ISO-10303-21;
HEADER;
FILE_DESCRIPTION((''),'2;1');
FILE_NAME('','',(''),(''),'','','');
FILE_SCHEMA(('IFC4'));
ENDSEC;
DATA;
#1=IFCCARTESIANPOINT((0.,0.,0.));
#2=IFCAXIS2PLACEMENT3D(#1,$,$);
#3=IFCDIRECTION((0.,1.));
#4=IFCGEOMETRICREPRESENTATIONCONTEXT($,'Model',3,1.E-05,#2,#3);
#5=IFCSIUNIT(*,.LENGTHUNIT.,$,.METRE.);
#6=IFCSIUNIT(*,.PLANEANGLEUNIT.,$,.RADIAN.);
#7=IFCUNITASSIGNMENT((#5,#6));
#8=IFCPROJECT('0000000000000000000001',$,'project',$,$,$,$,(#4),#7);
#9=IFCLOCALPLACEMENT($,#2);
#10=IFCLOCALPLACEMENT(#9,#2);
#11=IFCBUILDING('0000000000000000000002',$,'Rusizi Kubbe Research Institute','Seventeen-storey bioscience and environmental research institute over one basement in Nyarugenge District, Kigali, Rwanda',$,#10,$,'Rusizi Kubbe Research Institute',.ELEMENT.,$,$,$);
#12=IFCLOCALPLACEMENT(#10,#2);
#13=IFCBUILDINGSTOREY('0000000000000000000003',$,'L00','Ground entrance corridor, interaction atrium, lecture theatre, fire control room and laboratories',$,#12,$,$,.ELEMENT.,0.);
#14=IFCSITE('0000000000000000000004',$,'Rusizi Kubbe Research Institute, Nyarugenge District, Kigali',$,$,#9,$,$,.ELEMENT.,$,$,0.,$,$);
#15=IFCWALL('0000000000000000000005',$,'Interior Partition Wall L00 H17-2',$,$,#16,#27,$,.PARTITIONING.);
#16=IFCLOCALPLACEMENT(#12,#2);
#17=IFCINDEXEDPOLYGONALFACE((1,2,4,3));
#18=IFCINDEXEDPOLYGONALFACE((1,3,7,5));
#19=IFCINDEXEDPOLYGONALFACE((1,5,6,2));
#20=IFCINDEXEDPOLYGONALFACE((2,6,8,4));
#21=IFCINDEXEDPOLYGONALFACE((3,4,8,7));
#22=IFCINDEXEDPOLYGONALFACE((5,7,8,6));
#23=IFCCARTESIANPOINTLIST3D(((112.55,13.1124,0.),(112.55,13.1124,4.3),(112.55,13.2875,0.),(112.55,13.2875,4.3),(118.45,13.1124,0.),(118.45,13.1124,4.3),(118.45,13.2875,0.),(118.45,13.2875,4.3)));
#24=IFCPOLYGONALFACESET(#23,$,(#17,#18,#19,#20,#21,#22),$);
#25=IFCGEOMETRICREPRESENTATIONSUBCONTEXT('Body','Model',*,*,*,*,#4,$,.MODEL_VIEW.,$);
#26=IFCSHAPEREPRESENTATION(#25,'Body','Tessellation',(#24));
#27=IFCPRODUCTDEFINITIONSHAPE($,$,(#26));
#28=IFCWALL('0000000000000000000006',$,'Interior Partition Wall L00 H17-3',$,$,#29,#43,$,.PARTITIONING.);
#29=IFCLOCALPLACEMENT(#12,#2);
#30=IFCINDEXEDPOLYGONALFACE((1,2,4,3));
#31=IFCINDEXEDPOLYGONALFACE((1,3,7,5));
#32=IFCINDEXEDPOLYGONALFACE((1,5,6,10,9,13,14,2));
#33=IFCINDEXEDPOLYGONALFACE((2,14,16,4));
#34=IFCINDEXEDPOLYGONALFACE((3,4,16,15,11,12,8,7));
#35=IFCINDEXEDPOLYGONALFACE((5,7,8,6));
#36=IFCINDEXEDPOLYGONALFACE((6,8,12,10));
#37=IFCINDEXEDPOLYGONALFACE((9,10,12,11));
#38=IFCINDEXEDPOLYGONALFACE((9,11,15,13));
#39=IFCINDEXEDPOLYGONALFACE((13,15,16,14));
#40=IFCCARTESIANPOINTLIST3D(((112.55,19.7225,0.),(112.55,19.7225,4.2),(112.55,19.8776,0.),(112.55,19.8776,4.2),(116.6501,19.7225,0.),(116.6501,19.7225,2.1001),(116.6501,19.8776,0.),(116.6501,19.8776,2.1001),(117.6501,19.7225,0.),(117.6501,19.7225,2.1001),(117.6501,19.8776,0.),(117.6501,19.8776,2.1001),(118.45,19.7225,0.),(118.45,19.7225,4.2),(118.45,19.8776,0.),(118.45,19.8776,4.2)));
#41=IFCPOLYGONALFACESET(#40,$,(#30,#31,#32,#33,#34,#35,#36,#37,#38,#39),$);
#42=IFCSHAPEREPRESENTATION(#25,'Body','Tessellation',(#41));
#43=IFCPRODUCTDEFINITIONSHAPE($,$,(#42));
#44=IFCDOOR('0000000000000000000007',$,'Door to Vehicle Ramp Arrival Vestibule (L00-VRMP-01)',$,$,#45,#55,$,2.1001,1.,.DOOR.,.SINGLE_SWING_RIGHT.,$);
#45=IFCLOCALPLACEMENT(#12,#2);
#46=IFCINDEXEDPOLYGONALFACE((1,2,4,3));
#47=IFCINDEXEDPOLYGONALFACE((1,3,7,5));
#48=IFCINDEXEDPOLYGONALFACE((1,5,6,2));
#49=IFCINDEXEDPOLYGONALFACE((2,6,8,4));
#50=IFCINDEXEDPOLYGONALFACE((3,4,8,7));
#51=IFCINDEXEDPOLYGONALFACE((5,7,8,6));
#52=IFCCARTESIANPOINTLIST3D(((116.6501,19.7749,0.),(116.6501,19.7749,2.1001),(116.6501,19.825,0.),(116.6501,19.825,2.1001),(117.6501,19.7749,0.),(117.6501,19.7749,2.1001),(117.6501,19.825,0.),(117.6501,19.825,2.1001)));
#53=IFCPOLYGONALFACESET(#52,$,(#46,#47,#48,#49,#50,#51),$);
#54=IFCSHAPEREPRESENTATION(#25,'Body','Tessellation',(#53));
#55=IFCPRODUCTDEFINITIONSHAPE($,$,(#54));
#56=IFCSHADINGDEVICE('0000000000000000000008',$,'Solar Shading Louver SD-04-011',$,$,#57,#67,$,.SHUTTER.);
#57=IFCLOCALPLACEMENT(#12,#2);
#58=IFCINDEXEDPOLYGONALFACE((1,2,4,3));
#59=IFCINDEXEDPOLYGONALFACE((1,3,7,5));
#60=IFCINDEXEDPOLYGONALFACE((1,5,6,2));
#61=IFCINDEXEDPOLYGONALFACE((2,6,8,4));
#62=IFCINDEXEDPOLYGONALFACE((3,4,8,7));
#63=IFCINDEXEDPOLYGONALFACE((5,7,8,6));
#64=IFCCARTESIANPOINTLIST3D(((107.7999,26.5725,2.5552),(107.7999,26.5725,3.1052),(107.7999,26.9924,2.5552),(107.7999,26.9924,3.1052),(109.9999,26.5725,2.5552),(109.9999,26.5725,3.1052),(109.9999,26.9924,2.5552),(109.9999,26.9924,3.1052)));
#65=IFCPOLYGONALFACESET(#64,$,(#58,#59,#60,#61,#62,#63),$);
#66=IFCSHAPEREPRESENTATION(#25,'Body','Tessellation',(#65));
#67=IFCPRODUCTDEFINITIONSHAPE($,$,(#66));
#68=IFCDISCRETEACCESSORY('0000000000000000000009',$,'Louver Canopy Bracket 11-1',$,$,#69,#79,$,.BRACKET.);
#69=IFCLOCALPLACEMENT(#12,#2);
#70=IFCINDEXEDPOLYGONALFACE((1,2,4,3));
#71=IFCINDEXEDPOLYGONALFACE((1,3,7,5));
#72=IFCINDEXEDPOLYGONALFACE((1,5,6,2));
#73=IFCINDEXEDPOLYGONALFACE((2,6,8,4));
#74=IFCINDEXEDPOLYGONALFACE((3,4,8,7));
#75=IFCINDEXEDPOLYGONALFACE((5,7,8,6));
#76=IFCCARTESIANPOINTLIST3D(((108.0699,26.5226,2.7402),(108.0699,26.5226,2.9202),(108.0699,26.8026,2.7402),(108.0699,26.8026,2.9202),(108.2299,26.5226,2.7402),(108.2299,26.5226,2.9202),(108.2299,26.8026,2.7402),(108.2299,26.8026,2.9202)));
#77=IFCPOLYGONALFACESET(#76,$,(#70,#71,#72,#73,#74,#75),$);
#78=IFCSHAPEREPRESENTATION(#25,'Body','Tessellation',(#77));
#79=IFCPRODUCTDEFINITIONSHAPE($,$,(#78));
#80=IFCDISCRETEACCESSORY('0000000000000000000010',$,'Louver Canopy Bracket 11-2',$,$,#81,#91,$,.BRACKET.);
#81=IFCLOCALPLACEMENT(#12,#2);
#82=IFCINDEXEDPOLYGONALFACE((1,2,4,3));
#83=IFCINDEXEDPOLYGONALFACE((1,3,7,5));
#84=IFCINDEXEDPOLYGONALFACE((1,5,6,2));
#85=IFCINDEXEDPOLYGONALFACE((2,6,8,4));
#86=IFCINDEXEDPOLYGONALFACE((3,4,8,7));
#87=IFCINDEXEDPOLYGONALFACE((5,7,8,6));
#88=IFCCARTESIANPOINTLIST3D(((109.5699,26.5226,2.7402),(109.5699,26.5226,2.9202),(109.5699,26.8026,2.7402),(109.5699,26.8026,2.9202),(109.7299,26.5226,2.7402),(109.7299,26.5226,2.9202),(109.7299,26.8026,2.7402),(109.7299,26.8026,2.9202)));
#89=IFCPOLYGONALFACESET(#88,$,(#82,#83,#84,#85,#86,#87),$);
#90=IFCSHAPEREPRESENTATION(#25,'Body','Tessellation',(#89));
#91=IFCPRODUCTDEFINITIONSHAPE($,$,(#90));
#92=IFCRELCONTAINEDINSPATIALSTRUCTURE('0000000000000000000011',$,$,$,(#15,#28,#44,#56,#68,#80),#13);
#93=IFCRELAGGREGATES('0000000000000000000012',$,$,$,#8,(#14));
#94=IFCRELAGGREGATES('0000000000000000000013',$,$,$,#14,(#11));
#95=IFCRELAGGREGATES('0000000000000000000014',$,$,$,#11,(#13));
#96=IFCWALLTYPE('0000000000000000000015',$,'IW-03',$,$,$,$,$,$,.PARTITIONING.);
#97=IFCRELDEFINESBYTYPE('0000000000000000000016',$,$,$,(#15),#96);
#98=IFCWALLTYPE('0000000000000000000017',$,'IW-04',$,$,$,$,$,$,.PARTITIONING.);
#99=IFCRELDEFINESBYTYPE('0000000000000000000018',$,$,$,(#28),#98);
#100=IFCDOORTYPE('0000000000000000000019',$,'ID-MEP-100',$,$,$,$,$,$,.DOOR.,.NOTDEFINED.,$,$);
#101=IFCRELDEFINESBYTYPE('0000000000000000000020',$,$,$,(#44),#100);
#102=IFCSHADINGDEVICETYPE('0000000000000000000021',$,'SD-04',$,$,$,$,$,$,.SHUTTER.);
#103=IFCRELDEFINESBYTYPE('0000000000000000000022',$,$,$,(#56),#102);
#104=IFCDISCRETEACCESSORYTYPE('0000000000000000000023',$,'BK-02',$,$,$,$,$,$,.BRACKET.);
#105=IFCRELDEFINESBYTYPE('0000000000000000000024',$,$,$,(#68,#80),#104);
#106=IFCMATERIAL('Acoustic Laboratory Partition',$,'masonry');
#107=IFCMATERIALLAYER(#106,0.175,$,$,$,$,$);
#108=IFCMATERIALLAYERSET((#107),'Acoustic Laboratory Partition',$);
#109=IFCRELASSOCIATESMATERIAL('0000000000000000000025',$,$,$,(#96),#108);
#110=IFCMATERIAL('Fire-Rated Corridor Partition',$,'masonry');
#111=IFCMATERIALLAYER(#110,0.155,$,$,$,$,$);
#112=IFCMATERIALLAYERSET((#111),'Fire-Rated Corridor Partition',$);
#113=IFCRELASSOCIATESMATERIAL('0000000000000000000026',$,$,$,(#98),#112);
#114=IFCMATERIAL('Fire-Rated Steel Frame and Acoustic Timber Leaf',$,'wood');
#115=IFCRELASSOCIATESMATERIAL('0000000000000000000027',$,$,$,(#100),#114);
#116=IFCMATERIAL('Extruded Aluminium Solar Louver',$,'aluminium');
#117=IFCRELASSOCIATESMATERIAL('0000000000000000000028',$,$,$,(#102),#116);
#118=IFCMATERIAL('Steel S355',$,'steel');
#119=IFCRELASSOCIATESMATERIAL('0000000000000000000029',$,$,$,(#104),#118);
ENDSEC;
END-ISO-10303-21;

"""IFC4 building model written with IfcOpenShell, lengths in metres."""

from ifc_helpers import new_model, si_unit, direction, frame, frame_2d, origin, origin_2d, place, context, subcontext, project, spatial, rectangle, extrude, material, layer, layer_set, type_object, element, fill, save


model = new_model("IFC4")

# Units and contexts
model_context = context("Model", 3, precision=1e-05, world=origin(), true_north=direction((0.0, 1.0)))
body_context = subcontext(model_context, "Body", "Model", "MODEL_VIEW")
ifc_project = project(units=[si_unit("LENGTHUNIT", "METRE"), si_unit("PLANEANGLEUNIT", "RADIAN")], contexts=[model_context])

# Site, building, storey
site_placement = place(None, origin())
site = spatial("IfcSite", under=ifc_project, at=site_placement, Name="Rusizi Kubbe Research Institute, Nyarugenge District, Kigali", CompositionType="ELEMENT", RefElevation=0.0)
building_placement = place(site_placement, origin())
building = spatial("IfcBuilding", under=site, at=building_placement, Name="Rusizi Kubbe Research Institute", Description="Seventeen-storey bioscience and environmental research institute over one basement in Nyarugenge District, Kigali, Rwanda", LongName="Rusizi Kubbe Research Institute", CompositionType="ELEMENT")
storey_placement = place(building_placement, origin())
storey = spatial("IfcBuildingStorey", under=building, at=storey_placement, Name="L00", Description="Ground entrance corridor, interaction atrium, lecture theatre, fire control room and laboratories", CompositionType="ELEMENT", Elevation=0.0)

# Wall
ifc_material_1 = material(Name="Acoustic Laboratory Partition", Category="masonry")
ifc_layer_1 = layer(ifc_material_1, 0.175)
ifc_layer_set_1 = layer_set([ifc_layer_1], Name="Acoustic Laboratory Partition")
wall_type_1 = type_object("IfcWallType", Name="IW-03", PredefinedType="PARTITIONING", material=ifc_layer_set_1)
wall_1_placement = place(storey_placement, frame((112.55, 13.2, 0.0), z_axis=(0.0, 0.0, 1.0), x_axis=(1.0, 0.0, 0.0)))
element("IfcWall", 1, at=wall_1_placement, inside=storey, type_object=wall_type_1, Name="Interior Partition Wall L00 H17-2", PredefinedType="PARTITIONING", context=body_context, shape_type="SweptSolid", body=[
    extrude(rectangle(XDim=5.8999, YDim=0.175, at=frame_2d((2.95, 0.0))), origin(), (0.0, 0.0, 1.0), 4.3),
])

# Wall, opening, door
ifc_material_2 = material(Name="Fire-Rated Corridor Partition", Category="masonry")
ifc_layer_2 = layer(ifc_material_2, 0.155)
ifc_layer_set_2 = layer_set([ifc_layer_2], Name="Fire-Rated Corridor Partition")
wall_type_2 = type_object("IfcWallType", Name="IW-04", PredefinedType="PARTITIONING", material=ifc_layer_set_2)
wall_2_placement = place(storey_placement, frame((112.55, 19.8, 0.0), z_axis=(0.0, 0.0, 1.0), x_axis=(1.0, 0.0, 0.0)))
wall_2 = element("IfcWall", 2, at=wall_2_placement, inside=storey, type_object=wall_type_2, Name="Interior Partition Wall L00 H17-3", PredefinedType="PARTITIONING", context=body_context, shape_type="SweptSolid", body=[
    extrude(rectangle(XDim=5.8999, YDim=0.155, at=frame_2d((2.95, 0.0))), origin(), (0.0, 0.0, 1.0), 4.2),
])
opening_1_placement = place(wall_2_placement, frame((4.1001, 0.0, 0.0)))
opening_1 = element("IfcOpeningElement", 3, at=opening_1_placement, cuts=wall_2, PredefinedType="OPENING", context=body_context, shape_type="SweptSolid", body=[
    extrude(rectangle(XDim=1.0, YDim=2.1001, at=frame_2d((0.5, 1.05))), frame((0.0, 0.0874, 0.0), z_axis=(0.0, -1.0, 0.0), x_axis=(1.0, 0.0, 0.0)), (0.0, 0.0, 1.0), 0.175),
])
ifc_material_3 = material(Name="Fire-Rated Steel Frame and Acoustic Timber Leaf", Category="wood")
door_type = type_object("IfcDoorType", Name="ID-MEP-100", OperationType="NOTDEFINED", PredefinedType="DOOR", material=ifc_material_3)
door_placement = place(opening_1_placement, origin())
door = element("IfcDoor", 4, at=door_placement, inside=storey, type_object=door_type, Name="Door to Vehicle Ramp Arrival Vestibule (L00-VRMP-01)", OperationType="SINGLE_SWING_RIGHT", OverallHeight=2.1001, OverallWidth=1.0, PredefinedType="DOOR", context=body_context, shape_type="SweptSolid", body=[
    extrude(rectangle(XDim=1.0, YDim=2.1001, at=frame_2d((0.5, 1.05))), frame((0.0, 0.0249, 0.0), z_axis=(0.0, -1.0, 0.0), x_axis=(1.0, 0.0, 0.0)), (0.0, 0.0, 1.0), 0.05),
])
fill(opening_1, door)

# Shading device
ifc_material_4 = material(Name="Extruded Aluminium Solar Louver", Category="aluminium")
shading_device_type = type_object("IfcShadingDeviceType", Name="SD-04", PredefinedType="SHUTTER", material=ifc_material_4)
shading_device_placement = place(storey_placement, frame((108.8999, 26.7825, 2.5552), z_axis=(0.0, 0.0, 1.0), x_axis=(1.0, 0.0, 0.0)))
element("IfcShadingDevice", 5, at=shading_device_placement, inside=storey, type_object=shading_device_type, Name="Solar Shading Louver SD-04-011", PredefinedType="SHUTTER", context=body_context, shape_type="SweptSolid", body=[
    extrude(rectangle(XDim=2.2, YDim=0.4199, at=origin_2d()), origin(), (0.0, 0.0, 1.0), 0.55),
])

# Discrete accessories
ifc_material_5 = material(Name="Steel S355", Category="steel")
discrete_accessory_type = type_object("IfcDiscreteAccessoryType", Name="BK-02", PredefinedType="BRACKET", material=ifc_material_5)
for number, where, z_axis, x_axis, name in (
    (6, (108.1499, 26.6626, 2.7402), (0.0, 0.0, 1.0), (1.0, 0.0, 0.0), "Louver Canopy Bracket 11-1"),
    (7, (109.6499, 26.6626, 2.7402), (0.0, 0.0, 1.0), (1.0, 0.0, 0.0), "Louver Canopy Bracket 11-2"),
):
    element("IfcDiscreteAccessory", number, at=place(storey_placement, frame(where, z_axis=z_axis, x_axis=x_axis)), inside=storey, type_object=discrete_accessory_type, Name=name, PredefinedType="BRACKET", context=body_context, shape_type="SweptSolid", body=[
        extrude(rectangle(XDim=0.1599, YDim=0.28, at=origin_2d()), origin(), (0.0, 0.0, 1.0), 0.1799),
    ])

save(model, "model.ifc")
